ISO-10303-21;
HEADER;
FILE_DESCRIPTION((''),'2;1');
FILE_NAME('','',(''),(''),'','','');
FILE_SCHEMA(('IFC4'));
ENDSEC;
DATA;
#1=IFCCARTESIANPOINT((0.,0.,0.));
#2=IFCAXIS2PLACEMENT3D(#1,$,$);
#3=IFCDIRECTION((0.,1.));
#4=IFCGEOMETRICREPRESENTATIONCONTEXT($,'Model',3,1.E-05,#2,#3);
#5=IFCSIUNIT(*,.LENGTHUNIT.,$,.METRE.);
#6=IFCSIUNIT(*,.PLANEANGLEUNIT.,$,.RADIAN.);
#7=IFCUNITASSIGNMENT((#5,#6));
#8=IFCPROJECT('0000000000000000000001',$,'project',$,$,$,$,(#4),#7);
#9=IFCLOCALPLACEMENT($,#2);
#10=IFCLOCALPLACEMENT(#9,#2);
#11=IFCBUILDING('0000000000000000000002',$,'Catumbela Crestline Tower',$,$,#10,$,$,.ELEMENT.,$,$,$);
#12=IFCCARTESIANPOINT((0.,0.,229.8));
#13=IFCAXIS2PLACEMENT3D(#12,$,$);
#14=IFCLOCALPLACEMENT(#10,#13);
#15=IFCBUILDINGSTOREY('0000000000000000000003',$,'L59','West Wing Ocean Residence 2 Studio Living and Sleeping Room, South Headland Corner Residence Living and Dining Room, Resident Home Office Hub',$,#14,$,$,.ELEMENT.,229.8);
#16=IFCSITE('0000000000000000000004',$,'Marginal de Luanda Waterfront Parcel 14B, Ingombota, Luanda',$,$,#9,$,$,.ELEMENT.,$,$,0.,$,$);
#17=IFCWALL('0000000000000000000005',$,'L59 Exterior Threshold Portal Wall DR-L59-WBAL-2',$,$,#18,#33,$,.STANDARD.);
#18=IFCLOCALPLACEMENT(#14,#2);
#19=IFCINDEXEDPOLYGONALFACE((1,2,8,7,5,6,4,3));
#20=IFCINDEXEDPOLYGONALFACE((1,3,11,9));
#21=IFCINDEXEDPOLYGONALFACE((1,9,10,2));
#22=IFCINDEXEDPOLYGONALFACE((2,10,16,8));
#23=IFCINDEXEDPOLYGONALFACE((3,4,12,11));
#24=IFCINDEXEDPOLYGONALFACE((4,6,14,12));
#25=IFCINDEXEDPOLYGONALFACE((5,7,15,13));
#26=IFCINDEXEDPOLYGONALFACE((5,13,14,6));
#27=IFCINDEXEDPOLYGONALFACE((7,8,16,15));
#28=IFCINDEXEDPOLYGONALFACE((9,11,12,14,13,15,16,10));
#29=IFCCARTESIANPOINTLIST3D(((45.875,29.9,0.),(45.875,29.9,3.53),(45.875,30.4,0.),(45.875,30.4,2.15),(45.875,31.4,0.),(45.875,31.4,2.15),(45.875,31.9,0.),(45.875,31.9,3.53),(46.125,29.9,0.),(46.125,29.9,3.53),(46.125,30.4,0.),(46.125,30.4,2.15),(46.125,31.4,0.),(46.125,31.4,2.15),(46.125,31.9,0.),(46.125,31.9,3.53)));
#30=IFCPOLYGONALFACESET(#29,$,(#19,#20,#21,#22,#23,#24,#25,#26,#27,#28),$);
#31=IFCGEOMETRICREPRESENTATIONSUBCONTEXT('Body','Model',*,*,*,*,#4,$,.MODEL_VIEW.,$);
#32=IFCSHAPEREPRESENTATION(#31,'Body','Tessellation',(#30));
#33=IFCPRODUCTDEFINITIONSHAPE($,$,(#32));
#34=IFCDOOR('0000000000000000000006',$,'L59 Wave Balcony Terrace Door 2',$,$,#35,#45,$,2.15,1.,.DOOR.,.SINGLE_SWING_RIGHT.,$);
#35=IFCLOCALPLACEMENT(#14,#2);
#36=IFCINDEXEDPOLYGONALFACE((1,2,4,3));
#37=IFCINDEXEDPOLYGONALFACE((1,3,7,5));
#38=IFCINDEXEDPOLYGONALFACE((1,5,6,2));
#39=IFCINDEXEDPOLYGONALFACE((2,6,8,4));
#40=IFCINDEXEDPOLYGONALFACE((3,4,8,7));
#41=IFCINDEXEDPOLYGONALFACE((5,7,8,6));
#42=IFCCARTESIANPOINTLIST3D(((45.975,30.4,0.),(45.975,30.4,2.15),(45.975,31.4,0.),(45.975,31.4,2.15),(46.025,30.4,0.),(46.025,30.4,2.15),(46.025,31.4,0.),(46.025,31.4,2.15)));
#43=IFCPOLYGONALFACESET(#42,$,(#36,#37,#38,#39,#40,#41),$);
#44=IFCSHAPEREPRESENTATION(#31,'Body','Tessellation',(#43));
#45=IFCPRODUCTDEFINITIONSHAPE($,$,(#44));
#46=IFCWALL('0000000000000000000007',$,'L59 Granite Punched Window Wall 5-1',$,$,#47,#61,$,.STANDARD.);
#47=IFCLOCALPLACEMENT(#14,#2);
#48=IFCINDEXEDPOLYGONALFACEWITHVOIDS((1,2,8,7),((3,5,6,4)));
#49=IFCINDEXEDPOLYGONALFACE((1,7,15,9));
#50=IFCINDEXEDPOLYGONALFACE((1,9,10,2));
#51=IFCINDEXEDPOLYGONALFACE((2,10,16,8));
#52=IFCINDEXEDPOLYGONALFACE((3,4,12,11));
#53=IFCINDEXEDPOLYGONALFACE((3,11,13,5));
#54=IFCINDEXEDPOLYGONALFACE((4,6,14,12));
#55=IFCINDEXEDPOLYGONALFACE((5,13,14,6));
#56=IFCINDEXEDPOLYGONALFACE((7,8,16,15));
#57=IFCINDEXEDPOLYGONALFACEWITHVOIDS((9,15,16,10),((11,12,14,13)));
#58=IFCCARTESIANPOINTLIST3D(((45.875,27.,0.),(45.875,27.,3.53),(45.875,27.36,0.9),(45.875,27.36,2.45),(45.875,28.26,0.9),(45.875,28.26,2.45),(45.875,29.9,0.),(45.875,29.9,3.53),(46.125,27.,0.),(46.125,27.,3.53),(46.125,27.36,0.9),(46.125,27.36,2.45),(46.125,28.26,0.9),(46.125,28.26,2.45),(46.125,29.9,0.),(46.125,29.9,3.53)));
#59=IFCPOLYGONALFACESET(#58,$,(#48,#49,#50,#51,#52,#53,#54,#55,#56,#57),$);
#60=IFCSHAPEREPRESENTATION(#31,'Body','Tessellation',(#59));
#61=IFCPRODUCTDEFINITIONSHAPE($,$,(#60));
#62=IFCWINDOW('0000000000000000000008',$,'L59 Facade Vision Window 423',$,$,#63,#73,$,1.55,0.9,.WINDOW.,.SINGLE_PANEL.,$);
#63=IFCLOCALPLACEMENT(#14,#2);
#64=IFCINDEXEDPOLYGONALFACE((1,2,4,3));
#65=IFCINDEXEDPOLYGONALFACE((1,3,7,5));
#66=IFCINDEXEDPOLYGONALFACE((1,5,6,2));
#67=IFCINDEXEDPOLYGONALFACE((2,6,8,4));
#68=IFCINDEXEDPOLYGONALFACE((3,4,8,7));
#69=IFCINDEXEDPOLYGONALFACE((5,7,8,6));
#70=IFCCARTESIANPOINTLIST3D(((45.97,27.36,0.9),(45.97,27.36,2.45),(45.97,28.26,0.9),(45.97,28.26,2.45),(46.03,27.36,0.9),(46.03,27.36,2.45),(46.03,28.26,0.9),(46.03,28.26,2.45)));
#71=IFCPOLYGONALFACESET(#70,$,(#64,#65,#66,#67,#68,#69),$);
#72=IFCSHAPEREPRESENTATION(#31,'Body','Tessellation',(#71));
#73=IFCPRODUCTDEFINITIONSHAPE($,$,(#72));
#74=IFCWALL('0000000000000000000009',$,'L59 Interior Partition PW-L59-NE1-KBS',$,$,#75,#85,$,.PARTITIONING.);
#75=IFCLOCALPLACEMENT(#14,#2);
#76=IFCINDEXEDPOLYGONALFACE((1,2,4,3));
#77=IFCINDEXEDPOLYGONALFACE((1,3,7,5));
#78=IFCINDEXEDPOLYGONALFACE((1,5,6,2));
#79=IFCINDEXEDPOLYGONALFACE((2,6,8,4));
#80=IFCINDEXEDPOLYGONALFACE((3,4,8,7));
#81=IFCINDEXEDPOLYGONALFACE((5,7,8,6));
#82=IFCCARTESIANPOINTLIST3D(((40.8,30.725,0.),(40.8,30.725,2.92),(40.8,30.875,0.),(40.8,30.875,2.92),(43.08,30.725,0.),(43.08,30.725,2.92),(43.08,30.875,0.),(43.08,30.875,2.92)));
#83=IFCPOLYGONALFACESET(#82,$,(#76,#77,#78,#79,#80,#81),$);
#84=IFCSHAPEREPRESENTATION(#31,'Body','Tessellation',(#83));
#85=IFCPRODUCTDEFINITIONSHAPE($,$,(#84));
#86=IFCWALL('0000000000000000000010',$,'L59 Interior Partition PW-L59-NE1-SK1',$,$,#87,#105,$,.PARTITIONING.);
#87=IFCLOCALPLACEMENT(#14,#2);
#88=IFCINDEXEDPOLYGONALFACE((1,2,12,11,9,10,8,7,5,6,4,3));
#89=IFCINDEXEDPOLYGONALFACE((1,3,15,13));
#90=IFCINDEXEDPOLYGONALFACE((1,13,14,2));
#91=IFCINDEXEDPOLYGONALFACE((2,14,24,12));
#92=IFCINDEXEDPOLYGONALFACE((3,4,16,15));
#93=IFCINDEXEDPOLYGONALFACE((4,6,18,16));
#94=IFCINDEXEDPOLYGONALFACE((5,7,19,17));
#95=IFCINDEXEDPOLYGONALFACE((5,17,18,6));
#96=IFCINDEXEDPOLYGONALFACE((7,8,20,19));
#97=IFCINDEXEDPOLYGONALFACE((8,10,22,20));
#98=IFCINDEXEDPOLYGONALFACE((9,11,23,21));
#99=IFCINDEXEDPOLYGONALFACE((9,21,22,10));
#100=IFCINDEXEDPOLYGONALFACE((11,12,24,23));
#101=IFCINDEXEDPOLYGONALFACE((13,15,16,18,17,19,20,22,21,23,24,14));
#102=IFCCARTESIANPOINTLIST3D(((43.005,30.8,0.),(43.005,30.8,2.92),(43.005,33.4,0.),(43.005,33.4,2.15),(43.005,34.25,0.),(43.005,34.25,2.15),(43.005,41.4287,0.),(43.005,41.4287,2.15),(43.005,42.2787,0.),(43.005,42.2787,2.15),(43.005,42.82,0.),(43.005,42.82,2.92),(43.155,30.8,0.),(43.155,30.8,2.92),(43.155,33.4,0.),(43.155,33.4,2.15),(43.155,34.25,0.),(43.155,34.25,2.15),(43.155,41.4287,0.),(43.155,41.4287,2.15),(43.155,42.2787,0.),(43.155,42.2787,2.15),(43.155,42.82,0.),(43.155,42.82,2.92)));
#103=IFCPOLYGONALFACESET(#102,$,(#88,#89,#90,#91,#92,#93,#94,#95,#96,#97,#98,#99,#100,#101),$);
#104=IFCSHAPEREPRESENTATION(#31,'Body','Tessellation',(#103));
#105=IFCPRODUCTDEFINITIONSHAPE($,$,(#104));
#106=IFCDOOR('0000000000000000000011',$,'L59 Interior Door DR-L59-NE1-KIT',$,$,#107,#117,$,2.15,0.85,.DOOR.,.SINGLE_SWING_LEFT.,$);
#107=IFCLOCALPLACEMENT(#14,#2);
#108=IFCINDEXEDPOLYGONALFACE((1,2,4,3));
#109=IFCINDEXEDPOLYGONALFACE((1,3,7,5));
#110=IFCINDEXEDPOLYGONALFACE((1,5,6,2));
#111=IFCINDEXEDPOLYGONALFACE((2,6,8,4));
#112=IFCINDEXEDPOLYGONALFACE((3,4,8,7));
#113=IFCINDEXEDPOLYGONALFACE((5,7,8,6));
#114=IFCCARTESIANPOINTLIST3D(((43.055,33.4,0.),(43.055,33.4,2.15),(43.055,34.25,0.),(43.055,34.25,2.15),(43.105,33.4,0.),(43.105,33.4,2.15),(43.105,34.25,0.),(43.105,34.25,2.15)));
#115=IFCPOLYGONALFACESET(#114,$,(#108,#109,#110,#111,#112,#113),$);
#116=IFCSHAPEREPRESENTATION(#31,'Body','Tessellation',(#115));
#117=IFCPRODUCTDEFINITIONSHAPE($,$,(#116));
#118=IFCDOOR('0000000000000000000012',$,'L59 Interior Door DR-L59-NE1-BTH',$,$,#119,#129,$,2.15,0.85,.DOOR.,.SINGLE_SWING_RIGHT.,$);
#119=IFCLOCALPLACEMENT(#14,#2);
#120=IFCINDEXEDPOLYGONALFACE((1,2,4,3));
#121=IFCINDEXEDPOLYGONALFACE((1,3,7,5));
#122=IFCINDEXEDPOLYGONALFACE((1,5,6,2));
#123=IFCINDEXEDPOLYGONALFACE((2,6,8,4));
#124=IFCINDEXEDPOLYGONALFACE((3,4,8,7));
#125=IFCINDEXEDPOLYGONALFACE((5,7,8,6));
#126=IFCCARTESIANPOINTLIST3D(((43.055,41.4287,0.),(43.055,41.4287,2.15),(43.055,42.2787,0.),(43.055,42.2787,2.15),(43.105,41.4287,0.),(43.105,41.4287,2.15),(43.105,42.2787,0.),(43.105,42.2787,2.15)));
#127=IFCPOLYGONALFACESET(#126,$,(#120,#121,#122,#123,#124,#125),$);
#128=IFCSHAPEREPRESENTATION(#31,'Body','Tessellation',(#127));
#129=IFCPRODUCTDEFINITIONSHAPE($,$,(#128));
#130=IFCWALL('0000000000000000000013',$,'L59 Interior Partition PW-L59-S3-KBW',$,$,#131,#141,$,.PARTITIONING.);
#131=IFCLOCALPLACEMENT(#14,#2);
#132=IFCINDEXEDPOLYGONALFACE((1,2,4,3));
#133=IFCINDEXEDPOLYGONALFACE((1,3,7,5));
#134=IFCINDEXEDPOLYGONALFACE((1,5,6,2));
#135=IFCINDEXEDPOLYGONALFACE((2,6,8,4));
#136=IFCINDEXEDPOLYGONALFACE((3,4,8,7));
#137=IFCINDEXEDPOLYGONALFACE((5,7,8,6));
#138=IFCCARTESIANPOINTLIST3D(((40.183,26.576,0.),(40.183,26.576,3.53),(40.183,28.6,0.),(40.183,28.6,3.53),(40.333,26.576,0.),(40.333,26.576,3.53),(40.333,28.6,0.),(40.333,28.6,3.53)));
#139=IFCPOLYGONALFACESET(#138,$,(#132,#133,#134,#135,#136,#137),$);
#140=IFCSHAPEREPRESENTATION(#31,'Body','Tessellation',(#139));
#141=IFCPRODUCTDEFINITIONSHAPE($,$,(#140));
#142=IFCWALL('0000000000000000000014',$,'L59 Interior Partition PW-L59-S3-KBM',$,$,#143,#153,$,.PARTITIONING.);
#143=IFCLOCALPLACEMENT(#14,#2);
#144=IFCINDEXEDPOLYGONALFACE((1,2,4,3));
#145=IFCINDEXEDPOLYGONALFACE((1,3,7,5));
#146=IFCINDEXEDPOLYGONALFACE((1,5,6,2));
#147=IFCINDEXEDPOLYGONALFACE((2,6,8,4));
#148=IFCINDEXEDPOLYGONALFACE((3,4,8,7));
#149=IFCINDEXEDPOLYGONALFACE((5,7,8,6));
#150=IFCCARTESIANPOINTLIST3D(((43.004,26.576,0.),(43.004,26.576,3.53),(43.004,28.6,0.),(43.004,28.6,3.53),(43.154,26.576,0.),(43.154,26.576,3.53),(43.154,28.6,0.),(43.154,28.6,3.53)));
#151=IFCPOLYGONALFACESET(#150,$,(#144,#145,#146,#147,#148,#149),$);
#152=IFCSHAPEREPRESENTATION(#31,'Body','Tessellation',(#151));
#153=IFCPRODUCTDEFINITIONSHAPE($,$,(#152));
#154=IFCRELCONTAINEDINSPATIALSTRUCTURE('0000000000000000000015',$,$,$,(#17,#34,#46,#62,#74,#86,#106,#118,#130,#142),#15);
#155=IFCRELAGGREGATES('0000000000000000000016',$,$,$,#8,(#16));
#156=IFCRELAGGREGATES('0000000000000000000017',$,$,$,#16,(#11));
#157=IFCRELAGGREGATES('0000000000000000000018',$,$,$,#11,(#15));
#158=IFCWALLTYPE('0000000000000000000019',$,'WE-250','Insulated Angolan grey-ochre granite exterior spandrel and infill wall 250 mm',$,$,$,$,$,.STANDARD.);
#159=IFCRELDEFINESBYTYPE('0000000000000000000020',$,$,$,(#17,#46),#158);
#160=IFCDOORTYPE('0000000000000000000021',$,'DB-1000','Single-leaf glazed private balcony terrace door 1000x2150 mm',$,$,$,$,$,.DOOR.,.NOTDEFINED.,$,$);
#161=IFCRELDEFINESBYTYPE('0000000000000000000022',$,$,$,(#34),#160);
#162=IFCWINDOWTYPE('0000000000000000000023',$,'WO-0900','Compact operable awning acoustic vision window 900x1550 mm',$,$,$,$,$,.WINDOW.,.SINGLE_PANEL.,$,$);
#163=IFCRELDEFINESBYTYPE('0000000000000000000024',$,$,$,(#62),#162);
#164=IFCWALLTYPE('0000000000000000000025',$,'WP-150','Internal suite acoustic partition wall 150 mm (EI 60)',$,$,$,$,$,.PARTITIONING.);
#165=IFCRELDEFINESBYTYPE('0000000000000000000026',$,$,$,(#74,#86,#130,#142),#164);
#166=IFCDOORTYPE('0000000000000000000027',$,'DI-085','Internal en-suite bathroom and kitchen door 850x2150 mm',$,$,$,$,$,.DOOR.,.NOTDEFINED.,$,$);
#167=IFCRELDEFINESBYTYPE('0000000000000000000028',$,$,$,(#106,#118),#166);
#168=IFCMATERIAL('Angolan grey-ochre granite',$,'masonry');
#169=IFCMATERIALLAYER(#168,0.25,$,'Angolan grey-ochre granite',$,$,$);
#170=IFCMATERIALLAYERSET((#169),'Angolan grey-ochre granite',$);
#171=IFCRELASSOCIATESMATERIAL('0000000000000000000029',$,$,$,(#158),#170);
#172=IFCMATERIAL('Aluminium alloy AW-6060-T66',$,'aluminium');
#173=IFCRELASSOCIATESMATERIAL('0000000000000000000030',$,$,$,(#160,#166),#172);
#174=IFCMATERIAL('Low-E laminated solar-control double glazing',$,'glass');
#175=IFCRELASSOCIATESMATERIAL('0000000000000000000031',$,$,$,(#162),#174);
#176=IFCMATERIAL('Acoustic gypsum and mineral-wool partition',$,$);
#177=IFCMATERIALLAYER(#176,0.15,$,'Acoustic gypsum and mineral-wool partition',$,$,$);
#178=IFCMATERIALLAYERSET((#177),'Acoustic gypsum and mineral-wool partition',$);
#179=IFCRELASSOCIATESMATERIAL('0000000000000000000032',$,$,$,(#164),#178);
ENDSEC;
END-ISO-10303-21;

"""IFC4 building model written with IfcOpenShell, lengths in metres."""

from ifc_helpers import new_model, si_unit, direction, frame, frame_2d, origin, place, context, subcontext, project, spatial, rectangle, extrude, material, layer, layer_set, type_object, element, fill, save


model = new_model("IFC4")

# Units and contexts
model_context = context("Model", 3, precision=1e-05, world=origin(), true_north=direction((0.0, 1.0)))
body_context = subcontext(model_context, "Body", "Model", "MODEL_VIEW")
ifc_project = project(units=[si_unit("LENGTHUNIT", "METRE"), si_unit("PLANEANGLEUNIT", "RADIAN")], contexts=[model_context])

# Site, building, storey
site_placement = place(None, origin())
site = spatial("IfcSite", under=ifc_project, at=site_placement, Name="Marginal de Luanda Waterfront Parcel 14B, Ingombota, Luanda", CompositionType="ELEMENT", RefElevation=0.0)
building_placement = place(site_placement, origin())
building = spatial("IfcBuilding", under=site, at=building_placement, Name="Catumbela Crestline Tower", CompositionType="ELEMENT")
storey_placement = place(building_placement, frame((0.0, 0.0, 229.8)))
storey = spatial("IfcBuildingStorey", under=building, at=storey_placement, Name="L59", Description="West Wing Ocean Residence 2 Studio Living and Sleeping Room, South Headland Corner Residence Living and Dining Room, Resident Home Office Hub", CompositionType="ELEMENT", Elevation=229.8)

# Shared definitions
ifc_material_1 = material(Name="Aluminium alloy AW-6060-T66", Category="aluminium")

# Wall, opening, door
ifc_material_2 = material(Name="Acoustic gypsum and mineral-wool partition")
ifc_material_3 = material(Name="Angolan grey-ochre granite", Category="masonry")
ifc_layer_1 = layer(ifc_material_3, 0.25, Name="Angolan grey-ochre granite")
ifc_layer_set_1 = layer_set([ifc_layer_1], Name="Angolan grey-ochre granite")
wall_type_1 = type_object("IfcWallType", Name="WE-250", Description="Insulated Angolan grey-ochre granite exterior spandrel and infill wall 250 mm", PredefinedType="STANDARD", material=ifc_layer_set_1)
wall_1_placement = place(storey_placement, frame((46.0, 29.9, 0.0), z_axis=(0.0, 0.0, 1.0), x_axis=(0.0, 1.0, 0.0)))
wall_1 = element("IfcWall", 1, at=wall_1_placement, inside=storey, type_object=wall_type_1, Name="L59 Exterior Threshold Portal Wall DR-L59-WBAL-2", PredefinedType="STANDARD", context=body_context, shape_type="SweptSolid", body=[
    extrude(rectangle(XDim=2.0, YDim=0.25, at=frame_2d((1.0, 0.0))), origin(), (0.0, 0.0, 1.0), 3.53),
])
opening_1_placement = place(wall_1_placement, frame((0.5, 0.0, 0.0)))
opening_1 = element("IfcOpeningElement", 2, at=opening_1_placement, cuts=wall_1, PredefinedType="OPENING", context=body_context, shape_type="SweptSolid", body=[
    extrude(rectangle(XDim=1.0, YDim=2.15, at=frame_2d((0.5, 1.075))), frame((0.0, 0.135, 0.0), z_axis=(0.0, -1.0, 0.0), x_axis=(1.0, 0.0, 0.0)), (0.0, 0.0, 1.0), 0.27),
])
door_type_1 = type_object("IfcDoorType", Name="DB-1000", Description="Single-leaf glazed private balcony terrace door 1000x2150 mm", OperationType="NOTDEFINED", PredefinedType="DOOR", material=ifc_material_1)
door_1_placement = place(opening_1_placement, origin())
door_1 = element("IfcDoor", 3, at=door_1_placement, inside=storey, type_object=door_type_1, Name="L59 Wave Balcony Terrace Door 2", OperationType="SINGLE_SWING_RIGHT", OverallHeight=2.15, OverallWidth=1.0, PredefinedType="DOOR", context=body_context, shape_type="SweptSolid", body=[
    extrude(rectangle(XDim=1.0, YDim=2.15, at=frame_2d((0.5, 1.075))), frame((0.0, 0.025, 0.0), z_axis=(0.0, -1.0, 0.0), x_axis=(1.0, 0.0, 0.0)), (0.0, 0.0, 1.0), 0.05),
])
fill(opening_1, door_1)

# Wall, opening, window
wall_2_placement = place(storey_placement, frame((46.0, 27.0, 0.0), z_axis=(0.0, 0.0, 1.0), x_axis=(0.0, 1.0, 0.0)))
wall_2 = element("IfcWall", 4, at=wall_2_placement, inside=storey, type_object=wall_type_1, Name="L59 Granite Punched Window Wall 5-1", PredefinedType="STANDARD", context=body_context, shape_type="SweptSolid", body=[
    extrude(rectangle(XDim=2.9, YDim=0.25, at=frame_2d((1.45, 0.0))), origin(), (0.0, 0.0, 1.0), 3.53),
])
opening_2_placement = place(wall_2_placement, frame((0.36, 0.0, 0.9)))
opening_2 = element("IfcOpeningElement", 5, at=opening_2_placement, cuts=wall_2, PredefinedType="OPENING", context=body_context, shape_type="SweptSolid", body=[
    extrude(rectangle(XDim=0.9, YDim=1.55, at=frame_2d((0.45, 0.775))), frame((0.0, 0.135, 0.0), z_axis=(0.0, -1.0, 0.0), x_axis=(1.0, 0.0, 0.0)), (0.0, 0.0, 1.0), 0.27),
])
ifc_material_4 = material(Name="Low-E laminated solar-control double glazing", Category="glass")
window_type = type_object("IfcWindowType", Name="WO-0900", Description="Compact operable awning acoustic vision window 900x1550 mm", PartitioningType="SINGLE_PANEL", PredefinedType="WINDOW", material=ifc_material_4)
window_placement = place(opening_2_placement, origin())
window = element("IfcWindow", 6, at=window_placement, inside=storey, type_object=window_type, Name="L59 Facade Vision Window 423", OverallHeight=1.55, OverallWidth=0.9, PartitioningType="SINGLE_PANEL", PredefinedType="WINDOW", context=body_context, shape_type="SweptSolid", body=[
    extrude(rectangle(XDim=0.9, YDim=1.55, at=frame_2d((0.45, 0.775))), frame((0.0, 0.03, 0.0), z_axis=(0.0, -1.0, 0.0), x_axis=(1.0, 0.0, 0.0)), (0.0, 0.0, 1.0), 0.06),
])
fill(opening_2, window)

# Wall
ifc_layer_2 = layer(ifc_material_2, 0.15, Name="Acoustic gypsum and mineral-wool partition")
ifc_layer_set_2 = layer_set([ifc_layer_2], Name="Acoustic gypsum and mineral-wool partition")
wall_type_2 = type_object("IfcWallType", Name="WP-150", Description="Internal suite acoustic partition wall 150 mm (EI 60)", PredefinedType="PARTITIONING", material=ifc_layer_set_2)
wall_3_placement = place(storey_placement, frame((40.8, 30.8, 0.0), z_axis=(0.0, 0.0, 1.0), x_axis=(1.0, 0.0, 0.0)))
element("IfcWall", 7, at=wall_3_placement, inside=storey, type_object=wall_type_2, Name="L59 Interior Partition PW-L59-NE1-KBS", PredefinedType="PARTITIONING", context=body_context, shape_type="SweptSolid", body=[
    extrude(rectangle(XDim=2.28, YDim=0.15, at=frame_2d((1.14, 0.0))), origin(), (0.0, 0.0, 1.0), 2.92),
])

# Wall, openings, doors
wall_4_placement = place(storey_placement, frame((43.08, 30.8, 0.0), z_axis=(0.0, 0.0, 1.0), x_axis=(0.0, 1.0, 0.0)))
wall_4 = element("IfcWall", 8, at=wall_4_placement, inside=storey, type_object=wall_type_2, Name="L59 Interior Partition PW-L59-NE1-SK1", PredefinedType="PARTITIONING", context=body_context, shape_type="SweptSolid", body=[
    extrude(rectangle(XDim=12.02, YDim=0.15, at=frame_2d((6.01, 0.0))), origin(), (0.0, 0.0, 1.0), 2.92),
])
opening_3_placement = place(wall_4_placement, frame((2.6, 0.0, 0.0)))
opening_3 = element("IfcOpeningElement", 9, at=opening_3_placement, cuts=wall_4, PredefinedType="OPENING", context=body_context, shape_type="SweptSolid", body=[
    extrude(rectangle(XDim=0.85, YDim=2.15, at=frame_2d((0.425, 1.075))), frame((0.0, 0.085, 0.0), z_axis=(0.0, -1.0, 0.0), x_axis=(1.0, 0.0, 0.0)), (0.0, 0.0, 1.0), 0.17),
])
opening_4_placement = place(wall_4_placement, frame((10.6287, 0.0, 0.0)))
opening_4 = element("IfcOpeningElement", 10, at=opening_4_placement, cuts=wall_4, PredefinedType="OPENING", context=body_context, shape_type="SweptSolid", body=[
    extrude(rectangle(XDim=0.85, YDim=2.15, at=frame_2d((0.425, 1.075))), frame((0.0, 0.085, 0.0), z_axis=(0.0, -1.0, 0.0), x_axis=(1.0, 0.0, 0.0)), (0.0, 0.0, 1.0), 0.17),
])
door_type_2 = type_object("IfcDoorType", Name="DI-085", Description="Internal en-suite bathroom and kitchen door 850x2150 mm", OperationType="NOTDEFINED", PredefinedType="DOOR", material=ifc_material_1)
door_2_placement = place(opening_3_placement, origin())
door_2 = element("IfcDoor", 11, at=door_2_placement, inside=storey, type_object=door_type_2, Name="L59 Interior Door DR-L59-NE1-KIT", OperationType="SINGLE_SWING_LEFT", OverallHeight=2.15, OverallWidth=0.85, PredefinedType="DOOR", context=body_context, shape_type="SweptSolid", body=[
    extrude(rectangle(XDim=0.85, YDim=2.15, at=frame_2d((0.425, 1.075))), frame((0.0, 0.025, 0.0), z_axis=(0.0, -1.0, 0.0), x_axis=(1.0, 0.0, 0.0)), (0.0, 0.0, 1.0), 0.05),
])
fill(opening_3, door_2)
door_3_placement = place(opening_4_placement, origin())
door_3 = element("IfcDoor", 12, at=door_3_placement, inside=storey, type_object=door_type_2, Name="L59 Interior Door DR-L59-NE1-BTH", OperationType="SINGLE_SWING_RIGHT", OverallHeight=2.15, OverallWidth=0.85, PredefinedType="DOOR", context=body_context, shape_type="SweptSolid", body=[
    extrude(rectangle(XDim=0.85, YDim=2.15, at=frame_2d((0.425, 1.075))), frame((0.0, 0.025, 0.0), z_axis=(0.0, -1.0, 0.0), x_axis=(1.0, 0.0, 0.0)), (0.0, 0.0, 1.0), 0.05),
])
fill(opening_4, door_3)

# Walls
for number, where, z_axis, x_axis, name in (
    (13, (40.258, 26.576, 0.0), (0.0, 0.0, 1.0), (0.0, 1.0, 0.0), "L59 Interior Partition PW-L59-S3-KBW"),
    (14, (43.079, 26.576, 0.0), (0.0, 0.0, 1.0), (0.0, 1.0, 0.0), "L59 Interior Partition PW-L59-S3-KBM"),
):
    element("IfcWall", number, at=place(storey_placement, frame(where, z_axis=z_axis, x_axis=x_axis)), inside=storey, type_object=wall_type_2, Name=name, PredefinedType="PARTITIONING", context=body_context, shape_type="SweptSolid", body=[
        extrude(rectangle(XDim=2.024, YDim=0.15, at=frame_2d((1.012, 0.0))), origin(), (0.0, 0.0, 1.0), 3.53),
    ])

save(model, "model.ifc")
